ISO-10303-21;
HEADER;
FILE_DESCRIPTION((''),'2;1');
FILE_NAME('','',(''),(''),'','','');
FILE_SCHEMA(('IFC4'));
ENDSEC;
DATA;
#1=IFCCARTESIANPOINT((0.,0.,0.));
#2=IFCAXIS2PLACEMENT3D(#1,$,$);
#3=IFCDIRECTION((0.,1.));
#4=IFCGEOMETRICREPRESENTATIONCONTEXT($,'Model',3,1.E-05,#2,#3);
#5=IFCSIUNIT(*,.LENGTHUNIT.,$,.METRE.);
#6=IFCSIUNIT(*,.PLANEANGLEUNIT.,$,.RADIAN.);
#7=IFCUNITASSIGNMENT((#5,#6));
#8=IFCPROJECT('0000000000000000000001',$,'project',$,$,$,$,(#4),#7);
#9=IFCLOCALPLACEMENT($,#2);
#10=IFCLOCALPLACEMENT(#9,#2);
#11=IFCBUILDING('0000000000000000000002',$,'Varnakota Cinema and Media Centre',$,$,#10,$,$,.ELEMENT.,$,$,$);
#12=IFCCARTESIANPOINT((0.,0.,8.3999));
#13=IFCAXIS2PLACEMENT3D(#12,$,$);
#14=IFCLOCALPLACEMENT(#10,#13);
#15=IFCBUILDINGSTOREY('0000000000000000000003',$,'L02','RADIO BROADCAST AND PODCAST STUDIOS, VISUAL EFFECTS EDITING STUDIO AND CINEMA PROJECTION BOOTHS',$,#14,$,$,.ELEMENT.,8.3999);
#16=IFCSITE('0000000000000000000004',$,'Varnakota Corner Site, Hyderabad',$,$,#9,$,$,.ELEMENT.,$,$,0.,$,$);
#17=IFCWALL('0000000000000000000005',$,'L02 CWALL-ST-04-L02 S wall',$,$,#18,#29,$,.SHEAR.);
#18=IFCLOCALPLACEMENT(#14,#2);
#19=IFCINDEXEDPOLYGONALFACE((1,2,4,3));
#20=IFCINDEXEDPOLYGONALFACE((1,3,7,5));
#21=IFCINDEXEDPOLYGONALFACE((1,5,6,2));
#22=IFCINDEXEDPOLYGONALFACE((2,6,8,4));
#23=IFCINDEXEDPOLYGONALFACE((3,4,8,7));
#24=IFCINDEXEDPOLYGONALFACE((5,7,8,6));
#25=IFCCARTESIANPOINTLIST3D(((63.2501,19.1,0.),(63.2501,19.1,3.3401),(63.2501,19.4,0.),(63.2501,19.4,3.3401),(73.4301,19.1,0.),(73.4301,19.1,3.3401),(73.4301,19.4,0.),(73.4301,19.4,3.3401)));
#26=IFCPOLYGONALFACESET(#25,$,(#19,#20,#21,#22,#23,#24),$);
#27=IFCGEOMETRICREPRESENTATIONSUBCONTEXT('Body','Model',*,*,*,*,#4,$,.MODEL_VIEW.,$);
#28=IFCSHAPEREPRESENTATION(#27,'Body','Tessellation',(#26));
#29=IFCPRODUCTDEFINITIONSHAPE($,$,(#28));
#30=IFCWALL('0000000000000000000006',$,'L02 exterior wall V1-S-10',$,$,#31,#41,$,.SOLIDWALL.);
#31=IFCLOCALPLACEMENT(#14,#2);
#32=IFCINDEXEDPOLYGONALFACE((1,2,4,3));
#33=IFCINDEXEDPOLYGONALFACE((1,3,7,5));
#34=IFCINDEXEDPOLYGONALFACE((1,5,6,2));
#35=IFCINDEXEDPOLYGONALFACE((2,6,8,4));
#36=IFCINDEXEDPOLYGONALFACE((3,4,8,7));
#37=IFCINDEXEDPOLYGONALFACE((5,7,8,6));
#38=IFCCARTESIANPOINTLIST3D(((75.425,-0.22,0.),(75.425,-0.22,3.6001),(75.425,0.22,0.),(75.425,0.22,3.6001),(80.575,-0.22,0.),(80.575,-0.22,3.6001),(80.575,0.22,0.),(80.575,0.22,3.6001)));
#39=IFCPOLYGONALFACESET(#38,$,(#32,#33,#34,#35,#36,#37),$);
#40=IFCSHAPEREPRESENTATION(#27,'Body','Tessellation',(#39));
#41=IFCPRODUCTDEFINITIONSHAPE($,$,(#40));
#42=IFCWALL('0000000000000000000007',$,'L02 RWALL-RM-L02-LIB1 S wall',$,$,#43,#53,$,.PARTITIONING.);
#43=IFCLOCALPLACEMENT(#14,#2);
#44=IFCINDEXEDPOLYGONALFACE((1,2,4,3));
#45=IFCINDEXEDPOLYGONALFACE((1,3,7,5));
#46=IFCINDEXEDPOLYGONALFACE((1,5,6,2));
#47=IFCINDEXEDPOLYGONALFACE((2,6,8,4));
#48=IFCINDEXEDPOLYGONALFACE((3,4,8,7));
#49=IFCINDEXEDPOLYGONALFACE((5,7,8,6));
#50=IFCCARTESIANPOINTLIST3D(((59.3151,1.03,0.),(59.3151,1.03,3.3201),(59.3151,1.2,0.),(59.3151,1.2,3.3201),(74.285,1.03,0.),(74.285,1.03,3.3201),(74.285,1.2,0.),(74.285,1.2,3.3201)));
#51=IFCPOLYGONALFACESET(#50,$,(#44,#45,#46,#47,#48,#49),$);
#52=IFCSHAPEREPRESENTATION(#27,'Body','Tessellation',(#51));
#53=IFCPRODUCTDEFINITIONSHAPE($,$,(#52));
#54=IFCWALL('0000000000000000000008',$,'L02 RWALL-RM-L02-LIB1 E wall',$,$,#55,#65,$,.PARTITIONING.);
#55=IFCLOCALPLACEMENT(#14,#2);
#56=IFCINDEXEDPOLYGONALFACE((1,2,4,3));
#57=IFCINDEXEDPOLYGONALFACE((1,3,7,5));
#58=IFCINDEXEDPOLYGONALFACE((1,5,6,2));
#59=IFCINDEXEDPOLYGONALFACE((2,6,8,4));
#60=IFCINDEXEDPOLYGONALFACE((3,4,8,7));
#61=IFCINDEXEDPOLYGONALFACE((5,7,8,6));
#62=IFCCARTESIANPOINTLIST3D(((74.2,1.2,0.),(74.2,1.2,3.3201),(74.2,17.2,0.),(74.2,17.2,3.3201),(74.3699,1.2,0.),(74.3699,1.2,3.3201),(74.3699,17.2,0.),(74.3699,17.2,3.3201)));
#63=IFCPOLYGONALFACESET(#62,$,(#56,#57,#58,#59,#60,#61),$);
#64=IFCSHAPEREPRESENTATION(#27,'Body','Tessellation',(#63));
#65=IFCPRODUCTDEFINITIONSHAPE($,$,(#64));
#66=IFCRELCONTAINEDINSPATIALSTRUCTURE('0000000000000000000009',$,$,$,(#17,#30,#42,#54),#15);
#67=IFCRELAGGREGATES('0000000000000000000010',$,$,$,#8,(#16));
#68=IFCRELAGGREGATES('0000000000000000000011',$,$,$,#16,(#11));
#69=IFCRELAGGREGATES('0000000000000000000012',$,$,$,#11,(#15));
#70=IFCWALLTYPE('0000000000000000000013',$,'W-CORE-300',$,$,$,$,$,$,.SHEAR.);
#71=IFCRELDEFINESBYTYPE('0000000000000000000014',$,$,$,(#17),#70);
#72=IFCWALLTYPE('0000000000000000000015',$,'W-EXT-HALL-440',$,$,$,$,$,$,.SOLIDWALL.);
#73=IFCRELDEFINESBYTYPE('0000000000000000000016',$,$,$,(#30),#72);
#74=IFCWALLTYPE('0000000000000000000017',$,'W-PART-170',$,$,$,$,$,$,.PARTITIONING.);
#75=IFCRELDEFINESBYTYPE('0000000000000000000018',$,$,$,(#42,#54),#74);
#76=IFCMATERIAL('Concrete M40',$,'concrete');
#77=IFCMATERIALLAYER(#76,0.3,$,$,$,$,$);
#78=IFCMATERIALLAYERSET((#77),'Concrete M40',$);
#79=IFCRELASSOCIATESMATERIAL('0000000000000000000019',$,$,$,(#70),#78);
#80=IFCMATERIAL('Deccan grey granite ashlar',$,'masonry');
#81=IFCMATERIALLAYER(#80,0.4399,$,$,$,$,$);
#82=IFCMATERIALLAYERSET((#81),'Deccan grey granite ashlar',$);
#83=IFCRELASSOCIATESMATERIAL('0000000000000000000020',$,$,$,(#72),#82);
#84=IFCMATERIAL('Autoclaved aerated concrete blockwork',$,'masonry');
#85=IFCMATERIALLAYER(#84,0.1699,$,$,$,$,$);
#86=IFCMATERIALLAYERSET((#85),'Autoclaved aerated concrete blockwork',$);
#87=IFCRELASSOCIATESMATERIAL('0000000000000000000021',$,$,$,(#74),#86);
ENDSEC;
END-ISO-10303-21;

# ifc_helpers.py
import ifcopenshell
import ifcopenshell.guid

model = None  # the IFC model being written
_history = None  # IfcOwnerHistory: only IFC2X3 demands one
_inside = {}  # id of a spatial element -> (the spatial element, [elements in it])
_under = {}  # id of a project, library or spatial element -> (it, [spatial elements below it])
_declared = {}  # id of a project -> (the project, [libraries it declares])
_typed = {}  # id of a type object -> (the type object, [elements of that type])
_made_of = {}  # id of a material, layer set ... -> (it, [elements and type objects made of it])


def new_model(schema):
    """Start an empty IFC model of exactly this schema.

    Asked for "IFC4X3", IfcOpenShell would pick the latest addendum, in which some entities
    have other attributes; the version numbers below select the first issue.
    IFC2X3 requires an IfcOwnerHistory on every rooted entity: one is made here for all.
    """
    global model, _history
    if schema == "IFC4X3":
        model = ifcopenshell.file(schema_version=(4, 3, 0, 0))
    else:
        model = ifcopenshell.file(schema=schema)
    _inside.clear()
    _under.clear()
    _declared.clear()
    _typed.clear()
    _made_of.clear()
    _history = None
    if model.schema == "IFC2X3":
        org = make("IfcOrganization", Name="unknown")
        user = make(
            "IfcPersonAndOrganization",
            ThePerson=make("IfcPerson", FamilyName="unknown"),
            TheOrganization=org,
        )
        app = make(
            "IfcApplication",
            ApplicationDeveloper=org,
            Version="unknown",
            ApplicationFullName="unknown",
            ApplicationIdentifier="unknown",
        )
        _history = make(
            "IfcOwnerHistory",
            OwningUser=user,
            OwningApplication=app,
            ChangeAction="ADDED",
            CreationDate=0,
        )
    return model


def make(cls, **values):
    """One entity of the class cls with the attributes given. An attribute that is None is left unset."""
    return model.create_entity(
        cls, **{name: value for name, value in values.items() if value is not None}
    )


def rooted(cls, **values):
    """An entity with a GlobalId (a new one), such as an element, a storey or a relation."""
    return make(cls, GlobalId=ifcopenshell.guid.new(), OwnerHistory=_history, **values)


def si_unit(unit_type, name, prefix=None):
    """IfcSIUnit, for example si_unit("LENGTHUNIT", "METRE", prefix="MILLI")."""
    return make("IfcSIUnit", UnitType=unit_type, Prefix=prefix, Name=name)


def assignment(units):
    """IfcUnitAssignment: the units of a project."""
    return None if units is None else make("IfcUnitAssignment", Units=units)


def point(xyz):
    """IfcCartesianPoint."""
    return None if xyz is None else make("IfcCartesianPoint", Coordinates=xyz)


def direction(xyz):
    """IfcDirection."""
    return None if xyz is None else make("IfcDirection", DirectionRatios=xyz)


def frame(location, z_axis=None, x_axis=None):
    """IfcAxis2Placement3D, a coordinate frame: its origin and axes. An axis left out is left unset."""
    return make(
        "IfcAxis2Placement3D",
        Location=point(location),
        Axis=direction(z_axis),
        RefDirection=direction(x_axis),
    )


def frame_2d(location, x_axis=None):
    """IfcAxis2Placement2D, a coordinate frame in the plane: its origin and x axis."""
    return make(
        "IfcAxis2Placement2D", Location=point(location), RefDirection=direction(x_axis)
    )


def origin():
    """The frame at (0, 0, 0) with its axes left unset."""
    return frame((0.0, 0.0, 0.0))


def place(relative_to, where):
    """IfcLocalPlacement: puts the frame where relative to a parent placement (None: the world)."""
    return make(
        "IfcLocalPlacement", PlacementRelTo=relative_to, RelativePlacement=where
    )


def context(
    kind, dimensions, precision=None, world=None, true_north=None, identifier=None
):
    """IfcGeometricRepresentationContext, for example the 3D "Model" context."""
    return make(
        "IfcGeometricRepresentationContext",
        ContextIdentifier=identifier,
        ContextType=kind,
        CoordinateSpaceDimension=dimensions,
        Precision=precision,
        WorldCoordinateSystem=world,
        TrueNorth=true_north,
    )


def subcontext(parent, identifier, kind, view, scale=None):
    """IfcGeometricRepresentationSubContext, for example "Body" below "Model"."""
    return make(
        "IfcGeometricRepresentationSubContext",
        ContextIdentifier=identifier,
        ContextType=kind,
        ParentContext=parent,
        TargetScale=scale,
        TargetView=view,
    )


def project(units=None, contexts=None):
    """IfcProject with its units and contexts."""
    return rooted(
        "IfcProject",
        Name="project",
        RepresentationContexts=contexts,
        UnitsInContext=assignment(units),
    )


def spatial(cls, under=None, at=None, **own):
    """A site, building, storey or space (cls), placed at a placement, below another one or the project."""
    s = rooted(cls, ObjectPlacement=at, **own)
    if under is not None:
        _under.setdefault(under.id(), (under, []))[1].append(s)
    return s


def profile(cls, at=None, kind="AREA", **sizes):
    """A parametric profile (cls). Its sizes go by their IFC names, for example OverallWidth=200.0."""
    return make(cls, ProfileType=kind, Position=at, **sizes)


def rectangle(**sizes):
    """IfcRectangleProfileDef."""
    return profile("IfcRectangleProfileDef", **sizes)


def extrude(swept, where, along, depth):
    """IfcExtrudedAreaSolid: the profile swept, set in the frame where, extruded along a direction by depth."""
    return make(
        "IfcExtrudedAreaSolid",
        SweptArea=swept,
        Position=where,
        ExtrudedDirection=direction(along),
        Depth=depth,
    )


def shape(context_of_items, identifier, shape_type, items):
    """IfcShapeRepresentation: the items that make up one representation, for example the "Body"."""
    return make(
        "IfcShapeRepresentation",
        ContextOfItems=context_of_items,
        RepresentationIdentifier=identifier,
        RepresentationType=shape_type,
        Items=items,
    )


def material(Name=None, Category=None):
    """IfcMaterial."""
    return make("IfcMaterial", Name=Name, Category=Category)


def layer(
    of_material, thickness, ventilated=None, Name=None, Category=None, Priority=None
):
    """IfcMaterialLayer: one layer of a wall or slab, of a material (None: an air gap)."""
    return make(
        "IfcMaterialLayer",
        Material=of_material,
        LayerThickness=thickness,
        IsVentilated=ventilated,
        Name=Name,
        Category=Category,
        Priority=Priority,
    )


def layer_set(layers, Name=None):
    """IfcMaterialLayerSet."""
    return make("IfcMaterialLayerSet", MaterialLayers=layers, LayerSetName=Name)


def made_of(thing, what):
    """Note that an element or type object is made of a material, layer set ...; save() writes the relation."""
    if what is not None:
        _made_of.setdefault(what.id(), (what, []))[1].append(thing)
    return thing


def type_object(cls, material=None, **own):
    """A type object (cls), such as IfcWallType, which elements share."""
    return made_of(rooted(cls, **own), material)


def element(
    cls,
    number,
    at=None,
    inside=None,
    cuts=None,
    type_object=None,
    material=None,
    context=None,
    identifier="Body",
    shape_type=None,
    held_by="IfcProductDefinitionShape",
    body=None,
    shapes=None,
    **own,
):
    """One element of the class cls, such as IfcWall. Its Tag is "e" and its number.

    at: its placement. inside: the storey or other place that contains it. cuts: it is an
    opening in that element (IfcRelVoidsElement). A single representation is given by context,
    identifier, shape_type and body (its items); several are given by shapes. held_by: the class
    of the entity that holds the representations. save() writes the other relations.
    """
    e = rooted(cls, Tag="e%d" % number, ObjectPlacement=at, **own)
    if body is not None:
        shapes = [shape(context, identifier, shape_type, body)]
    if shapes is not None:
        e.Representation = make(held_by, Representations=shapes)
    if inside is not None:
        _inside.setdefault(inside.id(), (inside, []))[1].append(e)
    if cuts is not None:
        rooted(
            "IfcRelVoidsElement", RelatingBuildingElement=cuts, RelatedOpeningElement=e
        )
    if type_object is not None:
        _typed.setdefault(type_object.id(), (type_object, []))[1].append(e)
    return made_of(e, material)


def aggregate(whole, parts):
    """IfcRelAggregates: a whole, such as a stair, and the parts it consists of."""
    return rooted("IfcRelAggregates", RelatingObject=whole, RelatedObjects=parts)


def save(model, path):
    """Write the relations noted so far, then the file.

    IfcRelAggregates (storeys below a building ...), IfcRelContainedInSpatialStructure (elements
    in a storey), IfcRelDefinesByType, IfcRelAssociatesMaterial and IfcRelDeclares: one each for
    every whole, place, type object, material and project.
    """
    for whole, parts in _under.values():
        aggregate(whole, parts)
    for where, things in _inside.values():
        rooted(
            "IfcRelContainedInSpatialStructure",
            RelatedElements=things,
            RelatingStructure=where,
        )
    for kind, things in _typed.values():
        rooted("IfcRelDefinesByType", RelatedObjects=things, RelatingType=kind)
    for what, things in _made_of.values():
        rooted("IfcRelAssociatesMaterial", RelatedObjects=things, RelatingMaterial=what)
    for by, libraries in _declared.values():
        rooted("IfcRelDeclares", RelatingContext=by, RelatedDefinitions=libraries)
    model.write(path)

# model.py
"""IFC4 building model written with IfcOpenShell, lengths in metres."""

from ifc_helpers import new_model, si_unit, direction, frame, frame_2d, origin, place, context, subcontext, project, spatial, rectangle, extrude, material, layer, layer_set, type_object, element, save


model = new_model("IFC4")

# Units and contexts
model_context = context("Model", 3, precision=1e-05, world=origin(), true_north=direction((0.0, 1.0)))
body_context = subcontext(model_context, "Body", "Model", "MODEL_VIEW")
ifc_project = project(units=[si_unit("LENGTHUNIT", "METRE"), si_unit("PLANEANGLEUNIT", "RADIAN")], contexts=[model_context])

# Site, building, storey
site_placement = place(None, origin())
site = spatial("IfcSite", under=ifc_project, at=site_placement, Name="Varnakota Corner Site, Hyderabad", CompositionType="ELEMENT", RefElevation=0.0)
building_placement = place(site_placement, origin())
building = spatial("IfcBuilding", under=site, at=building_placement, Name="Varnakota Cinema and Media Centre", CompositionType="ELEMENT")
storey_placement = place(building_placement, frame((0.0, 0.0, 8.3999)))
storey = spatial("IfcBuildingStorey", under=building, at=storey_placement, Name="L02", Description="RADIO BROADCAST AND PODCAST STUDIOS, VISUAL EFFECTS EDITING STUDIO AND CINEMA PROJECTION BOOTHS", CompositionType="ELEMENT", Elevation=8.3999)

# Walls
ifc_material_1 = material(Name="Concrete M40", Category="concrete")
ifc_layer_1 = layer(ifc_material_1, 0.3)
ifc_layer_set_1 = layer_set([ifc_layer_1], Name="Concrete M40")
wall_type_1 = type_object("IfcWallType", Name="W-CORE-300", PredefinedType="SHEAR", material=ifc_layer_set_1)
wall_1_placement = place(storey_placement, frame((73.4299, 19.25, 0.0), z_axis=(0.0, 0.0, 1.0), x_axis=(-1.0, 0.0, 0.0)))
element("IfcWall", 1, at=wall_1_placement, inside=storey, type_object=wall_type_1, Name="L02 CWALL-ST-04-L02 S wall", PredefinedType="SHEAR", context=body_context, shape_type="SweptSolid", body=[
    extrude(rectangle(XDim=10.1799, YDim=0.3, at=frame_2d((5.0898, 0.0))), origin(), (0.0, 0.0, 1.0), 3.3401),
])
ifc_material_2 = material(Name="Deccan grey granite ashlar", Category="masonry")
ifc_layer_2 = layer(ifc_material_2, 0.4399)
ifc_layer_set_2 = layer_set([ifc_layer_2], Name="Deccan grey granite ashlar")
wall_type_2 = type_object("IfcWallType", Name="W-EXT-HALL-440", PredefinedType="SOLIDWALL", material=ifc_layer_set_2)
wall_2_placement = place(storey_placement, frame((80.575, 0.0, 0.0), z_axis=(0.0, 0.0, 1.0), x_axis=(-1.0, 0.0, 0.0)))
element("IfcWall", 2, at=wall_2_placement, inside=storey, type_object=wall_type_2, Name="L02 exterior wall V1-S-10", PredefinedType="SOLIDWALL", context=body_context, shape_type="SweptSolid", body=[
    extrude(rectangle(XDim=5.1499, YDim=0.4399, at=frame_2d((2.575, 0.0))), origin(), (0.0, 0.0, 1.0), 3.6001),
])
ifc_material_3 = material(Name="Autoclaved aerated concrete blockwork", Category="masonry")
ifc_layer_3 = layer(ifc_material_3, 0.1699)
ifc_layer_set_3 = layer_set([ifc_layer_3], Name="Autoclaved aerated concrete blockwork")
wall_type_3 = type_object("IfcWallType", Name="W-PART-170", PredefinedType="PARTITIONING", material=ifc_layer_set_3)
wall_3_placement = place(storey_placement, frame((74.2849, 1.115, 0.0), z_axis=(0.0, 0.0, 1.0), x_axis=(-1.0, 0.0, 0.0)))
element("IfcWall", 3, at=wall_3_placement, inside=storey, type_object=wall_type_3, Name="L02 RWALL-RM-L02-LIB1 S wall", PredefinedType="PARTITIONING", context=body_context, shape_type="SweptSolid", body=[
    extrude(rectangle(XDim=14.97, YDim=0.1699, at=frame_2d((7.4849, 0.0))), origin(), (0.0, 0.0, 1.0), 3.3201),
])
wall_4_placement = place(storey_placement, frame((74.2849, 17.2, 0.0), z_axis=(0.0, 0.0, 1.0), x_axis=(0.0, -1.0, 0.0)))
element("IfcWall", 4, at=wall_4_placement, inside=storey, type_object=wall_type_3, Name="L02 RWALL-RM-L02-LIB1 E wall", PredefinedType="PARTITIONING", context=body_context, shape_type="SweptSolid", body=[
    extrude(rectangle(XDim=16.0, YDim=0.1699, at=frame_2d((8.0, 0.0))), origin(), (0.0, 0.0, 1.0), 3.3201),
])

save(model, "model.ifc")
